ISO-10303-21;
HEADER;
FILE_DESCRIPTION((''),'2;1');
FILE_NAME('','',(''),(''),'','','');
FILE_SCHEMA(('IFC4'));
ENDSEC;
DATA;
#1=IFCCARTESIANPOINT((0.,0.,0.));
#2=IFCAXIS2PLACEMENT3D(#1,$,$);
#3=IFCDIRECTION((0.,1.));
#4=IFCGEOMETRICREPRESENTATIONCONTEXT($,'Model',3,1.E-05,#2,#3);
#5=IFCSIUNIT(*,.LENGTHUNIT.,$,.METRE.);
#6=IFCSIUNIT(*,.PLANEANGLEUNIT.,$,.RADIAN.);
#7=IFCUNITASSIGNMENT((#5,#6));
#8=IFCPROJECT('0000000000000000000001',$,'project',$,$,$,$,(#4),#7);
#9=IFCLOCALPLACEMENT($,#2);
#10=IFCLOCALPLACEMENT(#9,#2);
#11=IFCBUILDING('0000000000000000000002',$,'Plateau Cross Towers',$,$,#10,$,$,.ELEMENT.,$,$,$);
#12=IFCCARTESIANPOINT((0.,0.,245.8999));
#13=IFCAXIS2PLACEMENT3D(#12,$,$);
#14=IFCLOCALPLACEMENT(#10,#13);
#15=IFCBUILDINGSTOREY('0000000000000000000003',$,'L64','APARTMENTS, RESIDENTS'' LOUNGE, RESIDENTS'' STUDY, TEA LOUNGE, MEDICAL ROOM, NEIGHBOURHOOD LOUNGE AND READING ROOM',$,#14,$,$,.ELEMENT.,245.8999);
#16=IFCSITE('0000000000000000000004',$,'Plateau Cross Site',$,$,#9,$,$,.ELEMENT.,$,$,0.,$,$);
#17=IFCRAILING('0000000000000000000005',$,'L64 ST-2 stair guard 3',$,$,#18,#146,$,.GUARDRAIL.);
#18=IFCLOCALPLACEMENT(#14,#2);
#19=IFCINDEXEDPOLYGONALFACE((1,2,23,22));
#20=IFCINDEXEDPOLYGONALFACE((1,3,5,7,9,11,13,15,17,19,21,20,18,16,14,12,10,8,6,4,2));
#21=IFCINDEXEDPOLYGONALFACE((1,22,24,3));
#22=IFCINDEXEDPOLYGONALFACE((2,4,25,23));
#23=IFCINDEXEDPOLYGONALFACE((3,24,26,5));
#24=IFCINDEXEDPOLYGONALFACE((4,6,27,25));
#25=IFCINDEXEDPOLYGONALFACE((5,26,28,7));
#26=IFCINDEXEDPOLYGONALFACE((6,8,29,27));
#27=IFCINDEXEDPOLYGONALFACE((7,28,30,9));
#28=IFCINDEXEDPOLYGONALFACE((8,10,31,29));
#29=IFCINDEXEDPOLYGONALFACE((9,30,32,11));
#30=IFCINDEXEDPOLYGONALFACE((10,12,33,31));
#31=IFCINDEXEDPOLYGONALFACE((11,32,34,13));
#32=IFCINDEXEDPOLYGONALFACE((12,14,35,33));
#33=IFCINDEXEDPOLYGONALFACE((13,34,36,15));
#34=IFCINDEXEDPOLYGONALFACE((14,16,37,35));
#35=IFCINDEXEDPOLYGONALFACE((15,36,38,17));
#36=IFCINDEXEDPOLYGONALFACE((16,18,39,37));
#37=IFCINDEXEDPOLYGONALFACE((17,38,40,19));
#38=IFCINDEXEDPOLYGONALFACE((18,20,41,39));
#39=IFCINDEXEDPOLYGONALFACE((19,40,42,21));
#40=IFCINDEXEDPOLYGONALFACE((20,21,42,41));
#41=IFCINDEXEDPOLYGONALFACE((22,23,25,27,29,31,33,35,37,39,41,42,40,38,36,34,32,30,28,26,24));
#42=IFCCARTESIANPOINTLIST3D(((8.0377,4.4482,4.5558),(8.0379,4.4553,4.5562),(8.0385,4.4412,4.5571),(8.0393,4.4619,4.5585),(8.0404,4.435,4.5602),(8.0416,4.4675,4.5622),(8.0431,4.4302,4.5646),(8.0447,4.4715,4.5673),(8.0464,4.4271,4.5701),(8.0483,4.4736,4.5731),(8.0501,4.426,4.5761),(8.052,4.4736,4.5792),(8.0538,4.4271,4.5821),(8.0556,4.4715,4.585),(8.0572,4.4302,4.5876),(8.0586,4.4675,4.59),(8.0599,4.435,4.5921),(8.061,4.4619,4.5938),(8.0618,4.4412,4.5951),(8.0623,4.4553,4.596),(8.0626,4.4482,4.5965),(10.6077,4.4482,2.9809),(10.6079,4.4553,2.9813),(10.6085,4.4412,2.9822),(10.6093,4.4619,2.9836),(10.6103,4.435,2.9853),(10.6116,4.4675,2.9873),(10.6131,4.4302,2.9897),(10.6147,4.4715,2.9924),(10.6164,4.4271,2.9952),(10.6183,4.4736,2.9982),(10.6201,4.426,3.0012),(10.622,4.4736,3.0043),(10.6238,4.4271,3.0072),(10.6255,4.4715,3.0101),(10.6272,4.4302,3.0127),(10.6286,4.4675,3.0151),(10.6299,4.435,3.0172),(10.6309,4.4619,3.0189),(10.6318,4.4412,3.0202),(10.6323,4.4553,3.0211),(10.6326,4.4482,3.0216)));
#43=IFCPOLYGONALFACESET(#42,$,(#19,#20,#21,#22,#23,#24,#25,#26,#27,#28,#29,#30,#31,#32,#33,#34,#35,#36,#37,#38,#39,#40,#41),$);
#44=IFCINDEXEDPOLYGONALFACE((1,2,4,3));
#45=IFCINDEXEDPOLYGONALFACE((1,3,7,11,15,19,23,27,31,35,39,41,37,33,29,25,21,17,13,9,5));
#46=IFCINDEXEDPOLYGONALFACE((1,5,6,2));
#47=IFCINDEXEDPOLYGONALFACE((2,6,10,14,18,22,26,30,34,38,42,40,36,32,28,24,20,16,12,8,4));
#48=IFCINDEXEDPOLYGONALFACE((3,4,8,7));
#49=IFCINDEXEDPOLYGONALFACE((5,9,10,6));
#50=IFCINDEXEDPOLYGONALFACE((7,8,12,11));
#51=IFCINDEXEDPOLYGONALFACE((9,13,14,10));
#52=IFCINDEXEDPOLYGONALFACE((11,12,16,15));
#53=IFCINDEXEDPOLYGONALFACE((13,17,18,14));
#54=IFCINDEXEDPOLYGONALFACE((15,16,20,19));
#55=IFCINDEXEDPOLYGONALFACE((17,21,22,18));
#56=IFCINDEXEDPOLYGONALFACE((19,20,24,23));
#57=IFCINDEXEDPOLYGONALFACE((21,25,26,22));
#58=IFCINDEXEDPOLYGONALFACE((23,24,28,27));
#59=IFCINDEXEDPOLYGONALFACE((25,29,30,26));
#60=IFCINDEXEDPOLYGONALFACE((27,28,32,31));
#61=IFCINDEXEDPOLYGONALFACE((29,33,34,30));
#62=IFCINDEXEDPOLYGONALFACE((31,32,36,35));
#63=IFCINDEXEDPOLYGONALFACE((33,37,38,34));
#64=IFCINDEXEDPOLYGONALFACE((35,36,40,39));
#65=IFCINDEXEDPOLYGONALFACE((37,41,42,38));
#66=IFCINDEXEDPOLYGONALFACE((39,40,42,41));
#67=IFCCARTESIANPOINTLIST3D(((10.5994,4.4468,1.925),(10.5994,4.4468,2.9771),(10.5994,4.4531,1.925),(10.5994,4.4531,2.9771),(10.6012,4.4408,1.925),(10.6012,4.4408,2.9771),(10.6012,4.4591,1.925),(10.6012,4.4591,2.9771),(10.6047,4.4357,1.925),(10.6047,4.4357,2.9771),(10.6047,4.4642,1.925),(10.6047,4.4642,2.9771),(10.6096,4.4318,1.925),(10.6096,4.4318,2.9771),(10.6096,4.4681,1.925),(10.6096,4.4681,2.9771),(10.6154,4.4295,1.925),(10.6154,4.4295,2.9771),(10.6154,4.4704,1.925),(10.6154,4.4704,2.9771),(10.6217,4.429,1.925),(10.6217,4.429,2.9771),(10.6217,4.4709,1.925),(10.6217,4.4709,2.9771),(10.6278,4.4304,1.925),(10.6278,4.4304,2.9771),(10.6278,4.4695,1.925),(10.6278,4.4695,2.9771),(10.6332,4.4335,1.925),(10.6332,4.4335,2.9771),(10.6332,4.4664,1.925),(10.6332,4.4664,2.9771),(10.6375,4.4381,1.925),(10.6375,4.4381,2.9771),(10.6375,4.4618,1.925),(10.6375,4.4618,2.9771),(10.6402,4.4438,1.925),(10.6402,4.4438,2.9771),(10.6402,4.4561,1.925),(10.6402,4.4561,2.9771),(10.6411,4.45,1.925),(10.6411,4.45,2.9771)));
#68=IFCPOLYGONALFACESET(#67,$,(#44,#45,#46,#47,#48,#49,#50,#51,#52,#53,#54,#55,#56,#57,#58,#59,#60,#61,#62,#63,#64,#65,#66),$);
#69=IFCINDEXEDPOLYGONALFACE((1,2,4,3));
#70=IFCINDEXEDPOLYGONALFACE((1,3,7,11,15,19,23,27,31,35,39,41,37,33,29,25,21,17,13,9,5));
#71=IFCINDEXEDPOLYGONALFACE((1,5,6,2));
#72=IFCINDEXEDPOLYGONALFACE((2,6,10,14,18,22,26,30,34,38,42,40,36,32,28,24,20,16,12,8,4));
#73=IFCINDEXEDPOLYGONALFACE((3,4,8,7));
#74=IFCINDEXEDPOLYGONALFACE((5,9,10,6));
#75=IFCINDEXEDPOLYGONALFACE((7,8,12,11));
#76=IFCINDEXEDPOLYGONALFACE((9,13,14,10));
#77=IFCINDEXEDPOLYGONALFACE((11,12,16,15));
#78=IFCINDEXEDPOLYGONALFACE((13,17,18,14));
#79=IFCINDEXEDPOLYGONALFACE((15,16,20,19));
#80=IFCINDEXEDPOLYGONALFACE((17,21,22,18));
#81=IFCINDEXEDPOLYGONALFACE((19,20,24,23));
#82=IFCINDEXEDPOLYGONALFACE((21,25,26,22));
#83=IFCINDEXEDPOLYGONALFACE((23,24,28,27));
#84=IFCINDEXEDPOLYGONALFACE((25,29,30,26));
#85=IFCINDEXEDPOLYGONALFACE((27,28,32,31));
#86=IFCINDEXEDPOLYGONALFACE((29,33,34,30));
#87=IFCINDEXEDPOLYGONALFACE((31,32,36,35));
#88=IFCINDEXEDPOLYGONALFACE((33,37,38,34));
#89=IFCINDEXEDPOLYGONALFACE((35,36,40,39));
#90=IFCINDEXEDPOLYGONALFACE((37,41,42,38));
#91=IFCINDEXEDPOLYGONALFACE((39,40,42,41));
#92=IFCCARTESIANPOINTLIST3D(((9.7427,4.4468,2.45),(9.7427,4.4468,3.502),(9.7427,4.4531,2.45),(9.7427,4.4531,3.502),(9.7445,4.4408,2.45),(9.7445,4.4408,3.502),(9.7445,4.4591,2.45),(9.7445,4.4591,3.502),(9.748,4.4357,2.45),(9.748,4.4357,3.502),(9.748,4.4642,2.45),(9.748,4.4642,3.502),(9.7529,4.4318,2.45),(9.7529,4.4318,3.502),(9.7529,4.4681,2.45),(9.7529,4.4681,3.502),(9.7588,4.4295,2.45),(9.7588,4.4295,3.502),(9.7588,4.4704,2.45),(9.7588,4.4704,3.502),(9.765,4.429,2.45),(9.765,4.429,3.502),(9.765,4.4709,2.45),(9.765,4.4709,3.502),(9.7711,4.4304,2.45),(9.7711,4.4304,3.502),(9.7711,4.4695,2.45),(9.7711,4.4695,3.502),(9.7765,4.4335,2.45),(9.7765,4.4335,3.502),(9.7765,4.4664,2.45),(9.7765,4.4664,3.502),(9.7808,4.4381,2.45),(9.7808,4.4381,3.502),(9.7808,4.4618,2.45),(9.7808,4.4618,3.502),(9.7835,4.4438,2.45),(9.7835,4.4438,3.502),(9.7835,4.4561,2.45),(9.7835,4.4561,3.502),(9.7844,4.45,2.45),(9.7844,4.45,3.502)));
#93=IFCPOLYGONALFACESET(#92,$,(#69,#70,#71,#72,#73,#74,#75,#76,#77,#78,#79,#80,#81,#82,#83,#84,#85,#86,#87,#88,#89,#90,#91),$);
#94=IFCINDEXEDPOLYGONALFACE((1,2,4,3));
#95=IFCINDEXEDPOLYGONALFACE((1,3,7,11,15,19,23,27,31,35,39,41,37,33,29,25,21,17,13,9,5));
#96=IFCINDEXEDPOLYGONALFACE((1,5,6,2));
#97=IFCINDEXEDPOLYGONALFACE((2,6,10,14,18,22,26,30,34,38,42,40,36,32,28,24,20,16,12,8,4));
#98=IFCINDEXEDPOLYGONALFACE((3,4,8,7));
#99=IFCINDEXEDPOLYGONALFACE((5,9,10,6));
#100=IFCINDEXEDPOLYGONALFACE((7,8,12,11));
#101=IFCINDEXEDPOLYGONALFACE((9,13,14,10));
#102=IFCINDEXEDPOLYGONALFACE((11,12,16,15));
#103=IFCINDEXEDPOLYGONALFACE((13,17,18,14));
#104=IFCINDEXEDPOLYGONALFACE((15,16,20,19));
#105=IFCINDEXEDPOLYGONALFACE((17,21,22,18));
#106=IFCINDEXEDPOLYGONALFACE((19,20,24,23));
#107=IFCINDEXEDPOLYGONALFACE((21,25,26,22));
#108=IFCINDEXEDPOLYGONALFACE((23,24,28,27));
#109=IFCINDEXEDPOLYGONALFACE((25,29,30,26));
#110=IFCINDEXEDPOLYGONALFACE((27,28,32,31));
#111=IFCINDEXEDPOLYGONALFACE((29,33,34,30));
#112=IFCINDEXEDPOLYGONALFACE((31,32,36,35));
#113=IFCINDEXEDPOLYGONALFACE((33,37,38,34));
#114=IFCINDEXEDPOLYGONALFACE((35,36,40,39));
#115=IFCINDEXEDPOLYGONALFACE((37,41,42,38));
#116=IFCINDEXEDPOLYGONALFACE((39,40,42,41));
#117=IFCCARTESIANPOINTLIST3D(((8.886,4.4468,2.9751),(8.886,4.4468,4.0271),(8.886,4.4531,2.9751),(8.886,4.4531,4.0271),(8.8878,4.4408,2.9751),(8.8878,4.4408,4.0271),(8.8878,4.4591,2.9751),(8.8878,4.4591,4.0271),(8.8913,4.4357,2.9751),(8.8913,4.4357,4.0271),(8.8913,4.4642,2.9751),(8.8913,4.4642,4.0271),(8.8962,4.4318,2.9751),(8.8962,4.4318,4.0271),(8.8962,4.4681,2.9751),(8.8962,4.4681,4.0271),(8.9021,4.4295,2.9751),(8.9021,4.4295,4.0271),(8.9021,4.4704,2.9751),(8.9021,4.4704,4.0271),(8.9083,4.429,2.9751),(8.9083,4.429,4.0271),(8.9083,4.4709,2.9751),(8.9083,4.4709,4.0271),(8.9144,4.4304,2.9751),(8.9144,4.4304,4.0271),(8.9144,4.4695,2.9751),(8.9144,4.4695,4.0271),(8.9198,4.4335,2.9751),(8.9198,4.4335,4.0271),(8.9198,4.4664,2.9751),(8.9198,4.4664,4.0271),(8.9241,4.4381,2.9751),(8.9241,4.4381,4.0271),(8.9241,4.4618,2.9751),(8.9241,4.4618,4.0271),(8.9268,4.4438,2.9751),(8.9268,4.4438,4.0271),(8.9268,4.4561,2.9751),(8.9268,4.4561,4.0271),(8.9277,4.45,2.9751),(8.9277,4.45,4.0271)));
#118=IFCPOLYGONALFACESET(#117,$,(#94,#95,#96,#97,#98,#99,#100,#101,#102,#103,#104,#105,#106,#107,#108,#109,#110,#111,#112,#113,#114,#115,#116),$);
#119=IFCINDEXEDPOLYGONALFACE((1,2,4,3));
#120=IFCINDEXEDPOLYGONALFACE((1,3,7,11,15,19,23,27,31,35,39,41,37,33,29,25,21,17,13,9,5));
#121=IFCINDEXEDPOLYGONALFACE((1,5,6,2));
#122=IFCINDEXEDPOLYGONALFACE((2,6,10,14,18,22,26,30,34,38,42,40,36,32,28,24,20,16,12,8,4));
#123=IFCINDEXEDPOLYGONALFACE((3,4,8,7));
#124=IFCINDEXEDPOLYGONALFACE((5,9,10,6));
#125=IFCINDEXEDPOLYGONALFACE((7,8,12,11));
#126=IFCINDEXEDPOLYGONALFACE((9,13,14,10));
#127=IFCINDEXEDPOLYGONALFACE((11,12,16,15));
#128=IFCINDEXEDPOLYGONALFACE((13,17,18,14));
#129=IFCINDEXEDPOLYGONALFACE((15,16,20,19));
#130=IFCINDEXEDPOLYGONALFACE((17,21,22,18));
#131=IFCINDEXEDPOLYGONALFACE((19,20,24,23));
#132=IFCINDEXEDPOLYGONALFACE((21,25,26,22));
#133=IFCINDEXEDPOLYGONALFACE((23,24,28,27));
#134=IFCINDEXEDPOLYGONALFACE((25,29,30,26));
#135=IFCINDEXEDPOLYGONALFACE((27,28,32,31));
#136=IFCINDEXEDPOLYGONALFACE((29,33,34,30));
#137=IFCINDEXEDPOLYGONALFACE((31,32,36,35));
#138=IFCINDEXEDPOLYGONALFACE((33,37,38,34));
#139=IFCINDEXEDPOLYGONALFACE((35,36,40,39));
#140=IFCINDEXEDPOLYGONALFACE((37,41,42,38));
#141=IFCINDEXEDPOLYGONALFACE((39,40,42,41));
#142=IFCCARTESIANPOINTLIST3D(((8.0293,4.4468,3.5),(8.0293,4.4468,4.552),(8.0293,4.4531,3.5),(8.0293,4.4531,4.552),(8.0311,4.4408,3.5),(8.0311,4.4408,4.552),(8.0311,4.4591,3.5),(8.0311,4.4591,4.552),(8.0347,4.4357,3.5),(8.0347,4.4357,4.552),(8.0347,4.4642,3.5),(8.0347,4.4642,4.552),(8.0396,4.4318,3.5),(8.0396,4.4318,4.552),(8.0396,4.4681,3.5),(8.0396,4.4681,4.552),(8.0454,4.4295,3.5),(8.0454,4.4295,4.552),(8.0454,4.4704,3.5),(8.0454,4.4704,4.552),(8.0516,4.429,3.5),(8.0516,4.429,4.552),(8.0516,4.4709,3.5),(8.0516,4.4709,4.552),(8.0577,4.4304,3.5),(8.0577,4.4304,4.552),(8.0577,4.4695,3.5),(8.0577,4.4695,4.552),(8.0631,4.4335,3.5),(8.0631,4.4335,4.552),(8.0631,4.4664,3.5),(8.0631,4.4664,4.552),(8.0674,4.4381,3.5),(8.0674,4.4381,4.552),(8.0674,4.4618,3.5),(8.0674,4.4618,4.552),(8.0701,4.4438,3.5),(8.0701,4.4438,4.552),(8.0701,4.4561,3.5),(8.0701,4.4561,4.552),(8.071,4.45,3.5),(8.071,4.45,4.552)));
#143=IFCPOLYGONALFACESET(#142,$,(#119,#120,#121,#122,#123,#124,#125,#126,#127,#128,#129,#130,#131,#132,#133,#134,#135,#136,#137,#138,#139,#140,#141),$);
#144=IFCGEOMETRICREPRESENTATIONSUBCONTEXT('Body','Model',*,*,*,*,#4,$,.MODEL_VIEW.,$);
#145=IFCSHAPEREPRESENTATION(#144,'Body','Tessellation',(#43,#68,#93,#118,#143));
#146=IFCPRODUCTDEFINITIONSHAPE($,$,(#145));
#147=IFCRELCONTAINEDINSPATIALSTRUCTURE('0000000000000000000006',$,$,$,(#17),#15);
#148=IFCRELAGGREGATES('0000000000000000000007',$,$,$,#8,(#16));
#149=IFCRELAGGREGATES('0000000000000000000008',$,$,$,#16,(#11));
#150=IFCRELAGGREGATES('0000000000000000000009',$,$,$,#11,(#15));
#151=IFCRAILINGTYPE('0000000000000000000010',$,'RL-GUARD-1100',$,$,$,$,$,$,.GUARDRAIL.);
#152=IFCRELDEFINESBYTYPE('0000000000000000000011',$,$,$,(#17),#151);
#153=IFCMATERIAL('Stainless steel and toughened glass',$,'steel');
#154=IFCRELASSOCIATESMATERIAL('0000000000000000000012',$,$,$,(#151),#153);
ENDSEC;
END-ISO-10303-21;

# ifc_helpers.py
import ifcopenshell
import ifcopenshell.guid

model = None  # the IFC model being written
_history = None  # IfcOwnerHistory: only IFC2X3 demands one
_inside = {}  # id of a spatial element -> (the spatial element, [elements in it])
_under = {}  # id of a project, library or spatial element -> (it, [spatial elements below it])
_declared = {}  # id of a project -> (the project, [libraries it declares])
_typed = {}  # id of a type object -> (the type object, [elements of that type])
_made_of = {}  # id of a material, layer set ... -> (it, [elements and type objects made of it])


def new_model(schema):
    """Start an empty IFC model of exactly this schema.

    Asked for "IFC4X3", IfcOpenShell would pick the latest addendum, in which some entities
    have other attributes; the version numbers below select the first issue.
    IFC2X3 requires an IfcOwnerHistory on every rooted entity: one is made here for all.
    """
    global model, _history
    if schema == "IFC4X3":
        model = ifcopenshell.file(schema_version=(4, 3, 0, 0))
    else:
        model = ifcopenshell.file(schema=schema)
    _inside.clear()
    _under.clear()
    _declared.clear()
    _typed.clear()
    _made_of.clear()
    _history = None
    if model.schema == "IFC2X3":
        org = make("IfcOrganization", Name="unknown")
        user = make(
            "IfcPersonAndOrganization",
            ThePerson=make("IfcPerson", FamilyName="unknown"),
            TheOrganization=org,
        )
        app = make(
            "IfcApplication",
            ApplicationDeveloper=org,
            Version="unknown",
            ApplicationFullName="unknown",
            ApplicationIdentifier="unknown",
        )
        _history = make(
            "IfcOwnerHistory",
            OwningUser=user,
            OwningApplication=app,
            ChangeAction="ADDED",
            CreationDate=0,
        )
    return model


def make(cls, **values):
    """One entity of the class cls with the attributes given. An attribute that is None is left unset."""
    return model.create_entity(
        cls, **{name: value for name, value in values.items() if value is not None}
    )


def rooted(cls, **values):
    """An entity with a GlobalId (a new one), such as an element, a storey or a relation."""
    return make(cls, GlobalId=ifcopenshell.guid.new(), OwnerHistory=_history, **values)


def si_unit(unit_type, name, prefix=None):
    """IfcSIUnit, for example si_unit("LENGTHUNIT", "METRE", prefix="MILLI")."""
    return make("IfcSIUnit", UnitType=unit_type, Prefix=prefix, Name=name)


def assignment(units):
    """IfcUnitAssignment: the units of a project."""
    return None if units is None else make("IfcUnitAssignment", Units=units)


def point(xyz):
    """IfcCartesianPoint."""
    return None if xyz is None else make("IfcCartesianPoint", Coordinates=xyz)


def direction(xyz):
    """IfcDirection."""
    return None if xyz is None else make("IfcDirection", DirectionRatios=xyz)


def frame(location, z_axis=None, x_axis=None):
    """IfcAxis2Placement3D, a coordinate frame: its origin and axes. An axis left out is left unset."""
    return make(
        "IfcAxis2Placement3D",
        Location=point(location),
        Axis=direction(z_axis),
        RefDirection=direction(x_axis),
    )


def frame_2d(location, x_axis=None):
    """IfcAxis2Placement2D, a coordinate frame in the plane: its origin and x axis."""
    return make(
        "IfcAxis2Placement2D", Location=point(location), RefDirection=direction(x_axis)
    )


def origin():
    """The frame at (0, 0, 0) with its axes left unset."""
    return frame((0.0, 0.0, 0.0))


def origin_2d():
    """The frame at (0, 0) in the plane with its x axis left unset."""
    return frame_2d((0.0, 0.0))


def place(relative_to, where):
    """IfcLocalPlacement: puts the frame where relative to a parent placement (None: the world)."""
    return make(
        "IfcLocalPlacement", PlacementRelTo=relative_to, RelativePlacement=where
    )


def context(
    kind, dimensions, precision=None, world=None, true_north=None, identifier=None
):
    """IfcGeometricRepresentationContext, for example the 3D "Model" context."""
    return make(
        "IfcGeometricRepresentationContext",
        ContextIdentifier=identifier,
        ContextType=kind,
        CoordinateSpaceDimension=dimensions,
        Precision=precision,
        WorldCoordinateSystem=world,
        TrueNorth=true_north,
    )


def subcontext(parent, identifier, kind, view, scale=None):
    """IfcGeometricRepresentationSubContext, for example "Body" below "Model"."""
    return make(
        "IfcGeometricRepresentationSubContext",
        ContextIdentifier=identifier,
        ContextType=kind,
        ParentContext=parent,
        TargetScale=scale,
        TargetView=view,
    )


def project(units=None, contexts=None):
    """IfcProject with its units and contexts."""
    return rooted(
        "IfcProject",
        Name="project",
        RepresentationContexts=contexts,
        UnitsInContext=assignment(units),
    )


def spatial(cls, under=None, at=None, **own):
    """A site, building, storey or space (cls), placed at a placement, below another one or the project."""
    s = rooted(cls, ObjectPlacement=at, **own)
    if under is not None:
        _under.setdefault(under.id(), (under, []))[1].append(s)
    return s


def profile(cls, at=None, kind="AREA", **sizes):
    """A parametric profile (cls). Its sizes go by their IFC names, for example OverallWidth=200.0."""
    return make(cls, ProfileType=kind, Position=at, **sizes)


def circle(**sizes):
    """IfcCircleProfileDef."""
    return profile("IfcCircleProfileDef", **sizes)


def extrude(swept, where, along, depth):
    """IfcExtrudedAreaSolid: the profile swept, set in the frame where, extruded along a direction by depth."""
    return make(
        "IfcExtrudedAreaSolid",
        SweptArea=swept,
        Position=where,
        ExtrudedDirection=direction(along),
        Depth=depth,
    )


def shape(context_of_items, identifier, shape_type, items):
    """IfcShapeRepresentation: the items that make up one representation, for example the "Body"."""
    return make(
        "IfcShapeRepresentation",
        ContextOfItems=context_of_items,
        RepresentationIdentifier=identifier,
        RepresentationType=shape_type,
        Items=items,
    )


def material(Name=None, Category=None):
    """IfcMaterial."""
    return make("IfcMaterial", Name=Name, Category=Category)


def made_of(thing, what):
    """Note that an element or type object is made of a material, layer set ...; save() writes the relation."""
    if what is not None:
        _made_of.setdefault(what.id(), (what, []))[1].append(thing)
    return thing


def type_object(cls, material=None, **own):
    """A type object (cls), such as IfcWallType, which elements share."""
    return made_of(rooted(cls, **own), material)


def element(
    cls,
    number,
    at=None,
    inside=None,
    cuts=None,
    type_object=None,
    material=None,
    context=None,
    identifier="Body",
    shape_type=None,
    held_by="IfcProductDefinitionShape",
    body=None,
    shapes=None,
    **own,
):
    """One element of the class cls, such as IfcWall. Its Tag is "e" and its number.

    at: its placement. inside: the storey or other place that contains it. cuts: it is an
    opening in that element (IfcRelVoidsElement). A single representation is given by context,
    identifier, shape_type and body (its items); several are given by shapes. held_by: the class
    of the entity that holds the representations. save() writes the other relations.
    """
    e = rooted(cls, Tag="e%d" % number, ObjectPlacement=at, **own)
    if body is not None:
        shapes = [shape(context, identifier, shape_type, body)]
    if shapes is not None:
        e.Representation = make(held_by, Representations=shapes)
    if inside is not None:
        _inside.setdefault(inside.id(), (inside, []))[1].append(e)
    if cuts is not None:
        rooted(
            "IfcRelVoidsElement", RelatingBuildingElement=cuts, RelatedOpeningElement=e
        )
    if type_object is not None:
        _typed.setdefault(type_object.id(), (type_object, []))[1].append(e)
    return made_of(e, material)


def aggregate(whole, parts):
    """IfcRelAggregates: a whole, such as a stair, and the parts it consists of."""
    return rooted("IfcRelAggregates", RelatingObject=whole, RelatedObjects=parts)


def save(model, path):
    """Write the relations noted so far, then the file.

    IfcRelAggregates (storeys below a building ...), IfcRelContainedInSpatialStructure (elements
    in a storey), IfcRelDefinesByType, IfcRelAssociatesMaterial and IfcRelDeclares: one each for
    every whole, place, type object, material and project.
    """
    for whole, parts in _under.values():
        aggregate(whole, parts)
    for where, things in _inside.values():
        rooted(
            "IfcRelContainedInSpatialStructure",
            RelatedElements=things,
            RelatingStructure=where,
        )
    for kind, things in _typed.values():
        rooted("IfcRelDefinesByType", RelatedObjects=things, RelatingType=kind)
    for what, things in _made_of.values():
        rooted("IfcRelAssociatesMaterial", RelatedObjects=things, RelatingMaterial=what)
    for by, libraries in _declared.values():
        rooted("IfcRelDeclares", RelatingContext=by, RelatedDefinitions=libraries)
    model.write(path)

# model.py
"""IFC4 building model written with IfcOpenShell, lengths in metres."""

from ifc_helpers import new_model, si_unit, direction, frame, origin, origin_2d, place, context, subcontext, project, spatial, circle, extrude, material, type_object, element, save


model = new_model("IFC4")

# Units and contexts
model_context = context("Model", 3, precision=1e-05, world=origin(), true_north=direction((0.0, 1.0)))
body_context = subcontext(model_context, "Body", "Model", "MODEL_VIEW")
ifc_project = project(units=[si_unit("LENGTHUNIT", "METRE"), si_unit("PLANEANGLEUNIT", "RADIAN")], contexts=[model_context])

# Site, building, storey
site_placement = place(None, origin())
site = spatial("IfcSite", under=ifc_project, at=site_placement, Name="Plateau Cross Site", CompositionType="ELEMENT", RefElevation=0.0)
building_placement = place(site_placement, origin())
building = spatial("IfcBuilding", under=site, at=building_placement, Name="Plateau Cross Towers", CompositionType="ELEMENT")
storey_placement = place(building_placement, frame((0.0, 0.0, 245.8999)))
storey = spatial("IfcBuildingStorey", under=building, at=storey_placement, Name="L64", Description="APARTMENTS, RESIDENTS' LOUNGE, RESIDENTS' STUDY, TEA LOUNGE, MEDICAL ROOM, NEIGHBOURHOOD LOUNGE AND READING ROOM", CompositionType="ELEMENT", Elevation=245.8999)

# Railing
ifc_material_1 = material(Name="Stainless steel and toughened glass", Category="steel")
railing_type_1 = type_object("IfcRailingType", Name="RL-GUARD-1100", PredefinedType="GUARDRAIL", material=ifc_material_1)
railing_1_placement = place(storey_placement, frame((10.6201, 4.45, 1.925)))
element("IfcRailing", 1, at=railing_1_placement, inside=storey, type_object=railing_type_1, Name="L64 ST-2 stair guard 3", PredefinedType="GUARDRAIL", context=body_context, shape_type="SweptSolid", body=[
    extrude(circle(Radius=0.0239, at=origin_2d()), frame((0.0, 0.0, 1.0762), z_axis=(-0.852639, 0.0, 0.522501), x_axis=(0.0, -1.0, 0.0)), (0.0, 0.0, 1.0), 3.0142),
    extrude(circle(Radius=0.021, at=origin_2d()), origin(), (0.0, 0.0, 1.0), 1.052),
    extrude(circle(Radius=0.021, at=origin_2d()), frame((-0.8567, 0.0, 0.5249)), (0.0, 0.0, 1.0), 1.052),
    extrude(circle(Radius=0.021, at=origin_2d()), frame((-1.7134, 0.0, 1.05)), (0.0, 0.0, 1.0), 1.052),
    extrude(circle(Radius=0.021, at=origin_2d()), frame((-2.5701, 0.0, 1.575)), (0.0, 0.0, 1.0), 1.052),
])

save(model, "model.ifc")
